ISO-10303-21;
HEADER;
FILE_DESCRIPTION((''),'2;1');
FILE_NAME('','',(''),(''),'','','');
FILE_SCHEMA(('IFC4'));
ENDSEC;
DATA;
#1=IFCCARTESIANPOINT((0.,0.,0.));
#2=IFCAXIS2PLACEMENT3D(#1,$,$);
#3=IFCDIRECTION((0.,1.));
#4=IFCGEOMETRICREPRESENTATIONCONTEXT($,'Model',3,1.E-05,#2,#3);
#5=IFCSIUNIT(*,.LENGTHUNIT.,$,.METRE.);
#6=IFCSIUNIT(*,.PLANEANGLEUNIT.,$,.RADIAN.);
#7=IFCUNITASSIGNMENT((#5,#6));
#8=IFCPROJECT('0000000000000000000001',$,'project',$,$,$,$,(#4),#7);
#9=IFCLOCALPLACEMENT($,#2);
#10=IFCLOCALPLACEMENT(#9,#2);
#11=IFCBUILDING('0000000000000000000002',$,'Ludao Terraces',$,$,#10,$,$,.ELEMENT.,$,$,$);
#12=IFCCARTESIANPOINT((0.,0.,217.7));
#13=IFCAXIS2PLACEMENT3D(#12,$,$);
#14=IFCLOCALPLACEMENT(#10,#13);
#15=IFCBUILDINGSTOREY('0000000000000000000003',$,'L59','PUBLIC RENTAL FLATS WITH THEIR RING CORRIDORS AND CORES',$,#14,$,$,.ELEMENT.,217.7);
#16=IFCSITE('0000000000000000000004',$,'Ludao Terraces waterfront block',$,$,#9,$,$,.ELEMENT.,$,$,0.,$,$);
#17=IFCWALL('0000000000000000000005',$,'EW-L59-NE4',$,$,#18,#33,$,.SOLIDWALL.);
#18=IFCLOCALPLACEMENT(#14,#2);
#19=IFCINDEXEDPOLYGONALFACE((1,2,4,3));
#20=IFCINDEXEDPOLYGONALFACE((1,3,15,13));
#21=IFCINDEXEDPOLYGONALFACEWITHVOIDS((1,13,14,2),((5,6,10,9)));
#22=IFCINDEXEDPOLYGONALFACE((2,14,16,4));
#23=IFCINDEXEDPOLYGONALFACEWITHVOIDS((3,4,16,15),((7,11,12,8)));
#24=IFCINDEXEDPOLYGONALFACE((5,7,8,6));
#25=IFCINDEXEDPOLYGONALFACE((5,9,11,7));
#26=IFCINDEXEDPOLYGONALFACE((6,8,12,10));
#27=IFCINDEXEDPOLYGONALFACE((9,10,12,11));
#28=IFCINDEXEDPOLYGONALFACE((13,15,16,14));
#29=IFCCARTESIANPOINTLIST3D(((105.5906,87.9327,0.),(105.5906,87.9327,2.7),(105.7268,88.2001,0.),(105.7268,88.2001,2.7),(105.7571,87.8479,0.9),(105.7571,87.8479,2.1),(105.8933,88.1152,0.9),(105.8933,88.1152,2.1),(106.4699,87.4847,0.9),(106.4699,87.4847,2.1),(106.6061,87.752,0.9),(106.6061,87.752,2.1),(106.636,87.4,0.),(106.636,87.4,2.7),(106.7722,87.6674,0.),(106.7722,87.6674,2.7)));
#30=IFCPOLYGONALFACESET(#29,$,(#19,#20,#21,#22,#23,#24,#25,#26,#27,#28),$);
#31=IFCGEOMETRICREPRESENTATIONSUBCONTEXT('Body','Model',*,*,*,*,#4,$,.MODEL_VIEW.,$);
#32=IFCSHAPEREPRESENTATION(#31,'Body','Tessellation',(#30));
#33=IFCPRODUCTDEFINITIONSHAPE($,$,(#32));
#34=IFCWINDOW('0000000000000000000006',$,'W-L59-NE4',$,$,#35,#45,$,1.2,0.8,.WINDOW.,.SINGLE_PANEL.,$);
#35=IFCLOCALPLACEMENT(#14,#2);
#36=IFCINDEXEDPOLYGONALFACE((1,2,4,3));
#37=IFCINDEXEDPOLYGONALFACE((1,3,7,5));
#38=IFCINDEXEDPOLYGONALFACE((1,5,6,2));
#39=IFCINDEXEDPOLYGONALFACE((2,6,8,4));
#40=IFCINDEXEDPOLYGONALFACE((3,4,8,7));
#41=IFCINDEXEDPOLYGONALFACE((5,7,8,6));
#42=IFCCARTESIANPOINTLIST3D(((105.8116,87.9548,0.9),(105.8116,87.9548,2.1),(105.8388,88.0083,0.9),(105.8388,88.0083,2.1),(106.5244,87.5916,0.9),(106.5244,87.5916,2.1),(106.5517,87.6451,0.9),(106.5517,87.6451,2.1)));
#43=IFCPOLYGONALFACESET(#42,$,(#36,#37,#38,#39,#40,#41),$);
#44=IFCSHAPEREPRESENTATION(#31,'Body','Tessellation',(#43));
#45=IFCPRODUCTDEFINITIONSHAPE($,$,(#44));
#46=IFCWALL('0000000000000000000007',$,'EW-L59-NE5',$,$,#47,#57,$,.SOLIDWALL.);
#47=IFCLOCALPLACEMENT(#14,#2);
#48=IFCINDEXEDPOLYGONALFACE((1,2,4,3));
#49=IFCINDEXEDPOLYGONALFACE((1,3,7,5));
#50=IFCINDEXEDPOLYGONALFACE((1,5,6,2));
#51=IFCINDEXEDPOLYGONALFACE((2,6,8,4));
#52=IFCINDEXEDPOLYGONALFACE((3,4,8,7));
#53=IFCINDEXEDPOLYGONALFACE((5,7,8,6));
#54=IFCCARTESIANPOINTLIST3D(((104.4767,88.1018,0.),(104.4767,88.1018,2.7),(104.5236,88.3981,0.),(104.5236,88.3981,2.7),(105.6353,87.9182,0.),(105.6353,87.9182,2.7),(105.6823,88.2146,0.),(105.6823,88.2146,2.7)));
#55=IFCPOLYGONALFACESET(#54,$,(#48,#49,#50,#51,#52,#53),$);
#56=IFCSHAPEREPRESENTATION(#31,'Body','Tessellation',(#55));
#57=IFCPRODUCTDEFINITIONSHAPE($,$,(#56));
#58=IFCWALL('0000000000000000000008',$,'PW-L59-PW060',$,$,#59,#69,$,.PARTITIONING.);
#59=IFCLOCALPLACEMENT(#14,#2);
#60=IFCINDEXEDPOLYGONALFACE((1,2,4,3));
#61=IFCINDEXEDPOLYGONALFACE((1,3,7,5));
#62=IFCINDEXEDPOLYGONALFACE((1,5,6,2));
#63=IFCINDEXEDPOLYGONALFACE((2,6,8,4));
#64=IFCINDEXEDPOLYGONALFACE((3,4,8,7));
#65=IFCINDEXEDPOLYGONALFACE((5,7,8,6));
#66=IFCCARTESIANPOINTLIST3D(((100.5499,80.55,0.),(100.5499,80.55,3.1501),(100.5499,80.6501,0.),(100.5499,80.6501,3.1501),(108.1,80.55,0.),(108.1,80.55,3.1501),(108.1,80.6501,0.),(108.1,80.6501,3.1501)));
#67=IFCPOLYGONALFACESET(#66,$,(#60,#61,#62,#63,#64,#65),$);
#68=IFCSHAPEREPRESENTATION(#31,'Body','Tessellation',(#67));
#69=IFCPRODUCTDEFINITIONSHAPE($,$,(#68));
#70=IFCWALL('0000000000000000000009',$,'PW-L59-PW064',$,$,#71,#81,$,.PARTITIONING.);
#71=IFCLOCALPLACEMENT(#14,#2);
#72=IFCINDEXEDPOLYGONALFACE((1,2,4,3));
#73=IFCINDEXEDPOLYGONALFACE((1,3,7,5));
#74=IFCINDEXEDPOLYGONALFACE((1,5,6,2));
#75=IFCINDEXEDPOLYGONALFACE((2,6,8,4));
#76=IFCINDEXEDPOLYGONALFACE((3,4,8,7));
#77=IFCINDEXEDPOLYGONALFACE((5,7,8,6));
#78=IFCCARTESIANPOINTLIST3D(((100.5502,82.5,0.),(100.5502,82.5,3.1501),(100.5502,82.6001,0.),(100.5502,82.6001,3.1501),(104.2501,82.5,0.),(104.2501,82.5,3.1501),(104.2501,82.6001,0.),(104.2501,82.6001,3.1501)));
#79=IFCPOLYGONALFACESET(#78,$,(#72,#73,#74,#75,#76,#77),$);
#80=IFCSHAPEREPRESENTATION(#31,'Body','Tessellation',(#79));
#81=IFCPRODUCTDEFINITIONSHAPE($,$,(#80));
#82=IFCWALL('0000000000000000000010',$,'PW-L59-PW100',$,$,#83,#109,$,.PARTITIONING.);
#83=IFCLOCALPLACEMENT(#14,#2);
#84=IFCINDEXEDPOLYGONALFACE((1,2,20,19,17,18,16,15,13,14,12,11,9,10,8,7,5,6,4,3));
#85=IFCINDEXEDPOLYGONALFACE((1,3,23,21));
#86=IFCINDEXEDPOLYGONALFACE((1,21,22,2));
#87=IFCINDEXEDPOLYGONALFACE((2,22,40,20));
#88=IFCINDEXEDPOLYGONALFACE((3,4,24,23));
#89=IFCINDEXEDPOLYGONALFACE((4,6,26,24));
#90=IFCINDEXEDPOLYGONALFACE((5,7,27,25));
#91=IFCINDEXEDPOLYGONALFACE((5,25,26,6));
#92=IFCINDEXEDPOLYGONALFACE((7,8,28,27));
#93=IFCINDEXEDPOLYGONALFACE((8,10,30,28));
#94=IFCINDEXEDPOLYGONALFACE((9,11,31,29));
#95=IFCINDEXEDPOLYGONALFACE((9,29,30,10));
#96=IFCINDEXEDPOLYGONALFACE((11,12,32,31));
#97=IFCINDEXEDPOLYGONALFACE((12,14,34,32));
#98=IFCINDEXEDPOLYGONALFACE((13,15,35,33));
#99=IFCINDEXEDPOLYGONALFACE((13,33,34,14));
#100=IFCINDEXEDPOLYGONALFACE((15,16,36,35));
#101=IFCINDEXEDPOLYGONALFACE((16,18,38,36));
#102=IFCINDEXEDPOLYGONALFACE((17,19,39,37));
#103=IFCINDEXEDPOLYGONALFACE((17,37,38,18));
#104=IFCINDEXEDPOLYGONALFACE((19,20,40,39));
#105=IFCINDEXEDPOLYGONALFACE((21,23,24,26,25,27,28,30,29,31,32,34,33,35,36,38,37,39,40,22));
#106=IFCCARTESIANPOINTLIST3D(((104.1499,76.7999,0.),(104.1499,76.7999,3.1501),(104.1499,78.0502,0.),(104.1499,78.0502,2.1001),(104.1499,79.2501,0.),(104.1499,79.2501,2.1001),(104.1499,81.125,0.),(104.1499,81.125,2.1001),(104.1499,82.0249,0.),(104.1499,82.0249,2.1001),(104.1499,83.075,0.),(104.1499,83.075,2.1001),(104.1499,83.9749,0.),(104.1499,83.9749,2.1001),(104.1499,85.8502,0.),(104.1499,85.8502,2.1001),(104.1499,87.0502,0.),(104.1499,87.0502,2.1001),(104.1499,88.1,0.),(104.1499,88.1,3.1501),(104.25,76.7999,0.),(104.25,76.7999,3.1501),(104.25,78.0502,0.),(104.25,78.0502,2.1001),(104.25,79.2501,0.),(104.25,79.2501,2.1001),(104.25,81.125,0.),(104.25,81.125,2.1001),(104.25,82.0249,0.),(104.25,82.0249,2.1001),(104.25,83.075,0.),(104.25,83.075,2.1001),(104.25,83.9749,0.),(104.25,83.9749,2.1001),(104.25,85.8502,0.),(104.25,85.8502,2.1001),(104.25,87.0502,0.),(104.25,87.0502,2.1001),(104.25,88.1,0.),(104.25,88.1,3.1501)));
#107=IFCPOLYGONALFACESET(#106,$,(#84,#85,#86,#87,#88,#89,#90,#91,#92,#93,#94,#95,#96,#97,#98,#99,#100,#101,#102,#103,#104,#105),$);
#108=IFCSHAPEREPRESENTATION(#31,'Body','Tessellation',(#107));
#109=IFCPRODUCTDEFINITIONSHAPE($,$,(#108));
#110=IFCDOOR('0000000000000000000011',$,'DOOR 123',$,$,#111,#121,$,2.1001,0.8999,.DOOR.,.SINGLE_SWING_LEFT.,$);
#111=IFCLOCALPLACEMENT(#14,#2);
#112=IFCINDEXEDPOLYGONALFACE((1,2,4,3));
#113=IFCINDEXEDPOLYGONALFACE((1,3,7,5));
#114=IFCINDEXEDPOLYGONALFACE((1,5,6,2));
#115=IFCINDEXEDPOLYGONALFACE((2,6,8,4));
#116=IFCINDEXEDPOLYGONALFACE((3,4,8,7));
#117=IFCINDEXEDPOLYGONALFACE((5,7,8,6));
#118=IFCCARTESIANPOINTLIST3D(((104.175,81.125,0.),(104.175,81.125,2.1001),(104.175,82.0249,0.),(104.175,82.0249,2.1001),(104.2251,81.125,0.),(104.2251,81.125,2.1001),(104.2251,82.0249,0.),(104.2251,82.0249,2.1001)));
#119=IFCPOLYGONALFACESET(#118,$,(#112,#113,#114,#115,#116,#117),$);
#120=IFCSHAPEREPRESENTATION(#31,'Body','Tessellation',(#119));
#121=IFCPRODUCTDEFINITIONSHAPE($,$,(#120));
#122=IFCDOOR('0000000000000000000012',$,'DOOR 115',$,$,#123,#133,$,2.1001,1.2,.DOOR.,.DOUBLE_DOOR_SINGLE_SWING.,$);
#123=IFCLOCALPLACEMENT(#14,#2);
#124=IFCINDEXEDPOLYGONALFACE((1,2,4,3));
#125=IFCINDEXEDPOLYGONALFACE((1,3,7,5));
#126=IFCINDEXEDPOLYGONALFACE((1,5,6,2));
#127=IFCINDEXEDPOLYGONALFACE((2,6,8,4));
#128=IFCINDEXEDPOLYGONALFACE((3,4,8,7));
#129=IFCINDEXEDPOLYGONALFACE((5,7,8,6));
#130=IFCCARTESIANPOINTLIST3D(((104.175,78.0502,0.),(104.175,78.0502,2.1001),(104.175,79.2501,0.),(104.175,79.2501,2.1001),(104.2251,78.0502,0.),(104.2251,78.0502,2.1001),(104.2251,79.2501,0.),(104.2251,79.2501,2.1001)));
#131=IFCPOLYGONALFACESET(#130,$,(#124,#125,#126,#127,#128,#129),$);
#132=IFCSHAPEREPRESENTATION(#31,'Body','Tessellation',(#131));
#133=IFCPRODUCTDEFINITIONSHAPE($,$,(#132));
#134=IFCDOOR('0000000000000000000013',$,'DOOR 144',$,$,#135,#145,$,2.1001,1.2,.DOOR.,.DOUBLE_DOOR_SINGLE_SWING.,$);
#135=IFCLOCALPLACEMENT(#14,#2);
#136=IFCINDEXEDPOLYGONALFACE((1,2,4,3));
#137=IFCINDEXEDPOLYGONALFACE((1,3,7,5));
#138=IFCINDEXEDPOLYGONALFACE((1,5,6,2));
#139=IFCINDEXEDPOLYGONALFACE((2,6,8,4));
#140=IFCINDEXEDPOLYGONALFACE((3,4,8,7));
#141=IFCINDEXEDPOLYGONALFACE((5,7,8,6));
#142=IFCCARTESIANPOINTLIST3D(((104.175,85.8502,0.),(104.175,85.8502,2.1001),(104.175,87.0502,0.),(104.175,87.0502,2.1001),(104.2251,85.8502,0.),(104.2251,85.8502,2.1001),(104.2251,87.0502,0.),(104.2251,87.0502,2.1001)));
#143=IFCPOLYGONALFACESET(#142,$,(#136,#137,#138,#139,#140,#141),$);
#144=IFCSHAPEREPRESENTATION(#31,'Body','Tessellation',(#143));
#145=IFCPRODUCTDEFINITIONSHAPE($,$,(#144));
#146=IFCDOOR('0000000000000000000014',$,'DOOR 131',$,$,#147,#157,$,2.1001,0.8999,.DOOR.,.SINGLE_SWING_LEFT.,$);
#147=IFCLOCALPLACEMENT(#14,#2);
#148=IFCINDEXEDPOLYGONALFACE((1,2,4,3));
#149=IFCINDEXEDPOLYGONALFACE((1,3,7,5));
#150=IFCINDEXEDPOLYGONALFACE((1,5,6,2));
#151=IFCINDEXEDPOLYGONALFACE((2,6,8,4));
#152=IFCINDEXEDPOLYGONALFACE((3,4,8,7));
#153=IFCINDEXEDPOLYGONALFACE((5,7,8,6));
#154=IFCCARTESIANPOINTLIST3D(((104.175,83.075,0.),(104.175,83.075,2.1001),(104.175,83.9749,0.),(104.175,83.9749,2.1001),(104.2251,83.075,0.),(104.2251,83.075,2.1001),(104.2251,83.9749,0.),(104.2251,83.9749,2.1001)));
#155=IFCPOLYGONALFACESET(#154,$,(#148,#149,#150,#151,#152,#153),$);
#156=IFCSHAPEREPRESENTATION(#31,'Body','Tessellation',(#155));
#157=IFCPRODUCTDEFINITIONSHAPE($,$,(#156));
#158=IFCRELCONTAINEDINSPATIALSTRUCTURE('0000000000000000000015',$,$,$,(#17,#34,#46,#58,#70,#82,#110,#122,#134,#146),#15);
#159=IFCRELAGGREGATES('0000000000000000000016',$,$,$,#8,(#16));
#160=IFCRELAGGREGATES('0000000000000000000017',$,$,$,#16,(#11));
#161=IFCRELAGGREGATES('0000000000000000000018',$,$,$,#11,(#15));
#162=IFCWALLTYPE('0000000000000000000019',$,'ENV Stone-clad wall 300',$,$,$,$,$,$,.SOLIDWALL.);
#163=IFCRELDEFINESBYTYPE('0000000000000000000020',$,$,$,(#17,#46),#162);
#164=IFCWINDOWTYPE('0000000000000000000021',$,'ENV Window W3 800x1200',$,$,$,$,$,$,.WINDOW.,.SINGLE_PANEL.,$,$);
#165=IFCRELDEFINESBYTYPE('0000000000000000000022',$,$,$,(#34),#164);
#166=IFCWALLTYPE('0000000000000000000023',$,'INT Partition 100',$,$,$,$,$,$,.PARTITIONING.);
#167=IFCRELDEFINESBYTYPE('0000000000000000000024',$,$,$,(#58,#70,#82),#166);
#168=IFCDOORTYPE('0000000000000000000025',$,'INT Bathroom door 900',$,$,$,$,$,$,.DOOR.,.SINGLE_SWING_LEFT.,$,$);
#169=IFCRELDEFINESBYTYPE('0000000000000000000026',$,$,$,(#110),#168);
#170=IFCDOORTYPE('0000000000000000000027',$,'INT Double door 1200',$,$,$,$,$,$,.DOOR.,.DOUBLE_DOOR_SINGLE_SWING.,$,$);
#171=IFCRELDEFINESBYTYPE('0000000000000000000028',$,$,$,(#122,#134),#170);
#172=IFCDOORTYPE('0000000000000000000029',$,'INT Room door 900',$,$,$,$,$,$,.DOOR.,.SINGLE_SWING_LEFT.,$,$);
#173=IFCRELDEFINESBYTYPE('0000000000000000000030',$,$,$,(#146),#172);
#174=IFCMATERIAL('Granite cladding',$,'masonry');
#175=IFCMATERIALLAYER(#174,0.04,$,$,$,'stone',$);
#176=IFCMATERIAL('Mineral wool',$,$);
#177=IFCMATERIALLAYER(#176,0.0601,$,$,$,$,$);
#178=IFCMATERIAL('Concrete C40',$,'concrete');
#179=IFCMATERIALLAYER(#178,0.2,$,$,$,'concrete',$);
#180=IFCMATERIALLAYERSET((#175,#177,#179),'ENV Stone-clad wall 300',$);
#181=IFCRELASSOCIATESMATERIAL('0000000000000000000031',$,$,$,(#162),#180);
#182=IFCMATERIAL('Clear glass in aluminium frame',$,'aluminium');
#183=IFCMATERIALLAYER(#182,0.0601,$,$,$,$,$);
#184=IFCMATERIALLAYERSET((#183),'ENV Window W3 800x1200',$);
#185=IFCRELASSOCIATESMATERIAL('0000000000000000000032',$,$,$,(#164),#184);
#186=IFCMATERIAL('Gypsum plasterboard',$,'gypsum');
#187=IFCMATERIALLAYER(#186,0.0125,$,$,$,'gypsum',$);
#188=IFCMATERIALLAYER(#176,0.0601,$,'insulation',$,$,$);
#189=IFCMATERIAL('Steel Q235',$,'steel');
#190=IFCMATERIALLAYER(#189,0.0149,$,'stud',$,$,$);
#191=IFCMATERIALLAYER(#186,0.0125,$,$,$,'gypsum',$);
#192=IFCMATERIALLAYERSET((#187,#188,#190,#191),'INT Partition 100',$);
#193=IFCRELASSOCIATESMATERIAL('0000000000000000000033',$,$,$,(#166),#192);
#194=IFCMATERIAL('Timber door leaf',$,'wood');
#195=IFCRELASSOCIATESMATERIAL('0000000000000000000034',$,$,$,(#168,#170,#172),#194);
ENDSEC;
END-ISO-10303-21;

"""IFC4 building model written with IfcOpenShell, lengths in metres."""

from ifc_helpers import new_model, si_unit, direction, frame, frame_2d, origin, place, context, subcontext, project, spatial, rectangle, extrude, material, layer, layer_set, type_object, element, fill, save


model = new_model("IFC4")

# Units and contexts
model_context = context("Model", 3, precision=1e-05, world=origin(), true_north=direction((0.0, 1.0)))
body_context = subcontext(model_context, "Body", "Model", "MODEL_VIEW")
ifc_project = project(units=[si_unit("LENGTHUNIT", "METRE"), si_unit("PLANEANGLEUNIT", "RADIAN")], contexts=[model_context])

# Site, building, storey
site_placement = place(None, origin())
site = spatial("IfcSite", under=ifc_project, at=site_placement, Name="Ludao Terraces waterfront block", CompositionType="ELEMENT", RefElevation=0.0)
building_placement = place(site_placement, origin())
building = spatial("IfcBuilding", under=site, at=building_placement, Name="Ludao Terraces", CompositionType="ELEMENT")
storey_placement = place(building_placement, frame((0.0, 0.0, 217.7)))
storey = spatial("IfcBuildingStorey", under=building, at=storey_placement, Name="L59", Description="PUBLIC RENTAL FLATS WITH THEIR RING CORRIDORS AND CORES", CompositionType="ELEMENT", Elevation=217.7)

# Shared definitions
ifc_material_1 = material(Name="Granite cladding", Category="masonry")
ifc_layer_1 = layer(ifc_material_1, 0.04, Category="stone")
ifc_material_2 = material(Name="Mineral wool")
ifc_layer_2 = layer(ifc_material_2, 0.0601)
ifc_material_3 = material(Name="Concrete C40", Category="concrete")
ifc_layer_3 = layer(ifc_material_3, 0.2, Category="concrete")
ifc_layer_set_1 = layer_set([ifc_layer_1, ifc_layer_2, ifc_layer_3], Name="ENV Stone-clad wall 300")
wall_type_1 = type_object("IfcWallType", Name="ENV Stone-clad wall 300", PredefinedType="SOLIDWALL", material=ifc_layer_set_1)
ifc_material_4 = material(Name="Clear glass in aluminium frame", Category="aluminium")

# Wall, opening, window
ifc_layer_4 = layer(ifc_material_4, 0.0601)
ifc_layer_set_2 = layer_set([ifc_layer_4], Name="ENV Window W3 800x1200")
window_type_1 = type_object("IfcWindowType", Name="ENV Window W3 800x1200", PartitioningType="SINGLE_PANEL", PredefinedType="WINDOW", material=ifc_layer_set_2)
wall_1_placement = place(storey_placement, frame((106.7041, 87.5337, 0.0), z_axis=(0.0, 0.0, 1.0), x_axis=(-0.890989, 0.454026, 0.0)))
wall_1 = element("IfcWall", 1, at=wall_1_placement, inside=storey, type_object=wall_type_1, Name="EW-L59-NE4", PredefinedType="SOLIDWALL", context=body_context, shape_type="SweptSolid", body=[
    extrude(rectangle(XDim=1.1733, YDim=0.3, at=frame_2d((0.5867, 0.0))), origin(), (0.0, 0.0, 1.0), 2.7),
])
opening_1_placement = place(wall_1_placement, frame((0.1865, 0.0, 0.8999)))
opening_1 = element("IfcOpeningElement", 2, at=opening_1_placement, cuts=wall_1, PredefinedType="OPENING", context=body_context, shape_type="SweptSolid", body=[
    extrude(rectangle(XDim=0.8, YDim=1.2, at=frame_2d((0.3999, 0.6001))), frame((0.0, 0.1602, 0.0), z_axis=(0.0, -1.0, 0.0), x_axis=(1.0, 0.0, 0.0)), (0.0, 0.0, 1.0), 0.3201),
])
window_1_placement = place(opening_1_placement, origin())
window_1 = element("IfcWindow", 3, at=window_1_placement, inside=storey, type_object=window_type_1, Name="W-L59-NE4", OverallHeight=1.2, OverallWidth=0.8, PartitioningType="SINGLE_PANEL", PredefinedType="WINDOW", context=body_context, shape_type="SweptSolid", body=[
    extrude(rectangle(XDim=0.8, YDim=1.2, at=frame_2d((0.3999, 0.6001))), frame((0.0, 0.03, 0.0), z_axis=(0.0, -1.0, 0.0), x_axis=(1.0, 0.0, 0.0)), (0.0, 0.0, 1.0), 0.0601),
])
fill(opening_1, window_1)

# Walls
wall_2_placement = place(storey_placement, frame((105.6587, 88.0664, 0.0), z_axis=(0.0, 0.0, 1.0), x_axis=(-0.987678, 0.156497, 0.0)))
element("IfcWall", 4, at=wall_2_placement, inside=storey, type_object=wall_type_1, Name="EW-L59-NE5", PredefinedType="SOLIDWALL", context=body_context, shape_type="SweptSolid", body=[
    extrude(rectangle(XDim=1.1731, YDim=0.3, at=frame_2d((0.5864, 0.0))), origin(), (0.0, 0.0, 1.0), 2.7),
])
ifc_material_5 = material(Name="Gypsum plasterboard", Category="gypsum")
ifc_layer_5 = layer(ifc_material_5, 0.0125, Category="gypsum")
ifc_layer_6 = layer(ifc_material_2, 0.0601, Name="insulation")
ifc_material_6 = material(Name="Steel Q235", Category="steel")
ifc_layer_7 = layer(ifc_material_6, 0.0149, Name="stud")
ifc_layer_8 = layer(ifc_material_5, 0.0125, Category="gypsum")
ifc_layer_set_3 = layer_set([ifc_layer_5, ifc_layer_6, ifc_layer_7, ifc_layer_8], Name="INT Partition 100")
wall_type_2 = type_object("IfcWallType", Name="INT Partition 100", PredefinedType="PARTITIONING", material=ifc_layer_set_3)
wall_3_placement = place(storey_placement, frame((100.55, 80.6001, 0.0), z_axis=(0.0, 0.0, 1.0), x_axis=(1.0, 0.0, 0.0)))
element("IfcWall", 5, at=wall_3_placement, inside=storey, type_object=wall_type_2, Name="PW-L59-PW060", PredefinedType="PARTITIONING", context=body_context, shape_type="SweptSolid", body=[
    extrude(rectangle(XDim=7.55, YDim=0.1001, at=frame_2d((3.7749, 0.0))), origin(), (0.0, 0.0, 1.0), 3.1501),
])
wall_4_placement = place(storey_placement, frame((100.55, 82.55, 0.0), z_axis=(0.0, 0.0, 1.0), x_axis=(1.0, 0.0, 0.0)))
element("IfcWall", 6, at=wall_4_placement, inside=storey, type_object=wall_type_2, Name="PW-L59-PW064", PredefinedType="PARTITIONING", context=body_context, shape_type="SweptSolid", body=[
    extrude(rectangle(XDim=3.7, YDim=0.1001, at=frame_2d((1.8501, 0.0))), origin(), (0.0, 0.0, 1.0), 3.1501),
])

# Wall, openings, doors
wall_5_placement = place(storey_placement, frame((104.2, 76.8, 0.0), z_axis=(0.0, 0.0, 1.0), x_axis=(0.0, 1.0, 0.0)))
wall_5 = element("IfcWall", 7, at=wall_5_placement, inside=storey, type_object=wall_type_2, Name="PW-L59-PW100", PredefinedType="PARTITIONING", context=body_context, shape_type="SweptSolid", body=[
    extrude(rectangle(XDim=11.3, YDim=0.1001, at=frame_2d((5.6499, 0.0))), origin(), (0.0, 0.0, 1.0), 3.1501),
])
opening_2_placement = place(wall_5_placement, frame((1.25, 0.0, 0.0)))
opening_2 = element("IfcOpeningElement", 8, at=opening_2_placement, cuts=wall_5, PredefinedType="OPENING", context=body_context, shape_type="SweptSolid", body=[
    extrude(rectangle(XDim=1.2, YDim=2.1001, at=frame_2d((0.6001, 1.05))), frame((0.0, 0.0601, 0.0), z_axis=(0.0, -1.0, 0.0), x_axis=(1.0, 0.0, 0.0)), (0.0, 0.0, 1.0), 0.1201),
])
opening_3_placement = place(wall_5_placement, frame((4.325, 0.0, 0.0)))
opening_3 = element("IfcOpeningElement", 9, at=opening_3_placement, cuts=wall_5, PredefinedType="OPENING", context=body_context, shape_type="SweptSolid", body=[
    extrude(rectangle(XDim=0.8999, YDim=2.1001, at=frame_2d((0.45, 1.05))), frame((0.0, 0.0601, 0.0), z_axis=(0.0, -1.0, 0.0), x_axis=(1.0, 0.0, 0.0)), (0.0, 0.0, 1.0), 0.1201),
])
opening_4_placement = place(wall_5_placement, frame((6.2749, 0.0, 0.0)))
opening_4 = element("IfcOpeningElement", 10, at=opening_4_placement, cuts=wall_5, PredefinedType="OPENING", context=body_context, shape_type="SweptSolid", body=[
    extrude(rectangle(XDim=0.8999, YDim=2.1001, at=frame_2d((0.45, 1.05))), frame((0.0, 0.0601, 0.0), z_axis=(0.0, -1.0, 0.0), x_axis=(1.0, 0.0, 0.0)), (0.0, 0.0, 1.0), 0.1201),
])
opening_5_placement = place(wall_5_placement, frame((9.05, 0.0, 0.0)))
opening_5 = element("IfcOpeningElement", 11, at=opening_5_placement, cuts=wall_5, PredefinedType="OPENING", context=body_context, shape_type="SweptSolid", body=[
    extrude(rectangle(XDim=1.2, YDim=2.1001, at=frame_2d((0.6001, 1.05))), frame((0.0, 0.0601, 0.0), z_axis=(0.0, -1.0, 0.0), x_axis=(1.0, 0.0, 0.0)), (0.0, 0.0, 1.0), 0.1201),
])
ifc_material_7 = material(Name="Timber door leaf", Category="wood")
door_type_1 = type_object("IfcDoorType", Name="INT Bathroom door 900", OperationType="SINGLE_SWING_LEFT", PredefinedType="DOOR", material=ifc_material_7)
door_1_placement = place(opening_3_placement, origin())
door_1 = element("IfcDoor", 12, at=door_1_placement, inside=storey, type_object=door_type_1, Name="DOOR 123", OperationType="SINGLE_SWING_LEFT", OverallHeight=2.1001, OverallWidth=0.8999, PredefinedType="DOOR", context=body_context, shape_type="SweptSolid", body=[
    extrude(rectangle(XDim=0.8999, YDim=2.1001, at=frame_2d((0.45, 1.05))), frame((0.0, 0.0249, 0.0), z_axis=(0.0, -1.0, 0.0), x_axis=(1.0, 0.0, 0.0)), (0.0, 0.0, 1.0), 0.05),
])
fill(opening_3, door_1)
door_type_2 = type_object("IfcDoorType", Name="INT Double door 1200", OperationType="DOUBLE_DOOR_SINGLE_SWING", PredefinedType="DOOR", material=ifc_material_7)
door_2_placement = place(opening_2_placement, origin())
door_2 = element("IfcDoor", 13, at=door_2_placement, inside=storey, type_object=door_type_2, Name="DOOR 115", OperationType="DOUBLE_DOOR_SINGLE_SWING", OverallHeight=2.1001, OverallWidth=1.2, PredefinedType="DOOR", context=body_context, shape_type="SweptSolid", body=[
    extrude(rectangle(XDim=1.2, YDim=2.1001, at=frame_2d((0.6001, 1.05))), frame((0.0, 0.0249, 0.0), z_axis=(0.0, -1.0, 0.0), x_axis=(1.0, 0.0, 0.0)), (0.0, 0.0, 1.0), 0.05),
])
fill(opening_2, door_2)
door_3_placement = place(opening_5_placement, origin())
door_3 = element("IfcDoor", 14, at=door_3_placement, inside=storey, type_object=door_type_2, Name="DOOR 144", OperationType="DOUBLE_DOOR_SINGLE_SWING", OverallHeight=2.1001, OverallWidth=1.2, PredefinedType="DOOR", context=body_context, shape_type="SweptSolid", body=[
    extrude(rectangle(XDim=1.2, YDim=2.1001, at=frame_2d((0.6001, 1.05))), frame((0.0, 0.0249, 0.0), z_axis=(0.0, -1.0, 0.0), x_axis=(1.0, 0.0, 0.0)), (0.0, 0.0, 1.0), 0.05),
])
fill(opening_5, door_3)
door_type_3 = type_object("IfcDoorType", Name="INT Room door 900", OperationType="SINGLE_SWING_LEFT", PredefinedType="DOOR", material=ifc_material_7)
door_4_placement = place(opening_4_placement, origin())
door_4 = element("IfcDoor", 15, at=door_4_placement, inside=storey, type_object=door_type_3, Name="DOOR 131", OperationType="SINGLE_SWING_LEFT", OverallHeight=2.1001, OverallWidth=0.8999, PredefinedType="DOOR", context=body_context, shape_type="SweptSolid", body=[
    extrude(rectangle(XDim=0.8999, YDim=2.1001, at=frame_2d((0.45, 1.05))), frame((0.0, 0.0249, 0.0), z_axis=(0.0, -1.0, 0.0), x_axis=(1.0, 0.0, 0.0)), (0.0, 0.0, 1.0), 0.05),
])
fill(opening_4, door_4)

save(model, "model.ifc")
